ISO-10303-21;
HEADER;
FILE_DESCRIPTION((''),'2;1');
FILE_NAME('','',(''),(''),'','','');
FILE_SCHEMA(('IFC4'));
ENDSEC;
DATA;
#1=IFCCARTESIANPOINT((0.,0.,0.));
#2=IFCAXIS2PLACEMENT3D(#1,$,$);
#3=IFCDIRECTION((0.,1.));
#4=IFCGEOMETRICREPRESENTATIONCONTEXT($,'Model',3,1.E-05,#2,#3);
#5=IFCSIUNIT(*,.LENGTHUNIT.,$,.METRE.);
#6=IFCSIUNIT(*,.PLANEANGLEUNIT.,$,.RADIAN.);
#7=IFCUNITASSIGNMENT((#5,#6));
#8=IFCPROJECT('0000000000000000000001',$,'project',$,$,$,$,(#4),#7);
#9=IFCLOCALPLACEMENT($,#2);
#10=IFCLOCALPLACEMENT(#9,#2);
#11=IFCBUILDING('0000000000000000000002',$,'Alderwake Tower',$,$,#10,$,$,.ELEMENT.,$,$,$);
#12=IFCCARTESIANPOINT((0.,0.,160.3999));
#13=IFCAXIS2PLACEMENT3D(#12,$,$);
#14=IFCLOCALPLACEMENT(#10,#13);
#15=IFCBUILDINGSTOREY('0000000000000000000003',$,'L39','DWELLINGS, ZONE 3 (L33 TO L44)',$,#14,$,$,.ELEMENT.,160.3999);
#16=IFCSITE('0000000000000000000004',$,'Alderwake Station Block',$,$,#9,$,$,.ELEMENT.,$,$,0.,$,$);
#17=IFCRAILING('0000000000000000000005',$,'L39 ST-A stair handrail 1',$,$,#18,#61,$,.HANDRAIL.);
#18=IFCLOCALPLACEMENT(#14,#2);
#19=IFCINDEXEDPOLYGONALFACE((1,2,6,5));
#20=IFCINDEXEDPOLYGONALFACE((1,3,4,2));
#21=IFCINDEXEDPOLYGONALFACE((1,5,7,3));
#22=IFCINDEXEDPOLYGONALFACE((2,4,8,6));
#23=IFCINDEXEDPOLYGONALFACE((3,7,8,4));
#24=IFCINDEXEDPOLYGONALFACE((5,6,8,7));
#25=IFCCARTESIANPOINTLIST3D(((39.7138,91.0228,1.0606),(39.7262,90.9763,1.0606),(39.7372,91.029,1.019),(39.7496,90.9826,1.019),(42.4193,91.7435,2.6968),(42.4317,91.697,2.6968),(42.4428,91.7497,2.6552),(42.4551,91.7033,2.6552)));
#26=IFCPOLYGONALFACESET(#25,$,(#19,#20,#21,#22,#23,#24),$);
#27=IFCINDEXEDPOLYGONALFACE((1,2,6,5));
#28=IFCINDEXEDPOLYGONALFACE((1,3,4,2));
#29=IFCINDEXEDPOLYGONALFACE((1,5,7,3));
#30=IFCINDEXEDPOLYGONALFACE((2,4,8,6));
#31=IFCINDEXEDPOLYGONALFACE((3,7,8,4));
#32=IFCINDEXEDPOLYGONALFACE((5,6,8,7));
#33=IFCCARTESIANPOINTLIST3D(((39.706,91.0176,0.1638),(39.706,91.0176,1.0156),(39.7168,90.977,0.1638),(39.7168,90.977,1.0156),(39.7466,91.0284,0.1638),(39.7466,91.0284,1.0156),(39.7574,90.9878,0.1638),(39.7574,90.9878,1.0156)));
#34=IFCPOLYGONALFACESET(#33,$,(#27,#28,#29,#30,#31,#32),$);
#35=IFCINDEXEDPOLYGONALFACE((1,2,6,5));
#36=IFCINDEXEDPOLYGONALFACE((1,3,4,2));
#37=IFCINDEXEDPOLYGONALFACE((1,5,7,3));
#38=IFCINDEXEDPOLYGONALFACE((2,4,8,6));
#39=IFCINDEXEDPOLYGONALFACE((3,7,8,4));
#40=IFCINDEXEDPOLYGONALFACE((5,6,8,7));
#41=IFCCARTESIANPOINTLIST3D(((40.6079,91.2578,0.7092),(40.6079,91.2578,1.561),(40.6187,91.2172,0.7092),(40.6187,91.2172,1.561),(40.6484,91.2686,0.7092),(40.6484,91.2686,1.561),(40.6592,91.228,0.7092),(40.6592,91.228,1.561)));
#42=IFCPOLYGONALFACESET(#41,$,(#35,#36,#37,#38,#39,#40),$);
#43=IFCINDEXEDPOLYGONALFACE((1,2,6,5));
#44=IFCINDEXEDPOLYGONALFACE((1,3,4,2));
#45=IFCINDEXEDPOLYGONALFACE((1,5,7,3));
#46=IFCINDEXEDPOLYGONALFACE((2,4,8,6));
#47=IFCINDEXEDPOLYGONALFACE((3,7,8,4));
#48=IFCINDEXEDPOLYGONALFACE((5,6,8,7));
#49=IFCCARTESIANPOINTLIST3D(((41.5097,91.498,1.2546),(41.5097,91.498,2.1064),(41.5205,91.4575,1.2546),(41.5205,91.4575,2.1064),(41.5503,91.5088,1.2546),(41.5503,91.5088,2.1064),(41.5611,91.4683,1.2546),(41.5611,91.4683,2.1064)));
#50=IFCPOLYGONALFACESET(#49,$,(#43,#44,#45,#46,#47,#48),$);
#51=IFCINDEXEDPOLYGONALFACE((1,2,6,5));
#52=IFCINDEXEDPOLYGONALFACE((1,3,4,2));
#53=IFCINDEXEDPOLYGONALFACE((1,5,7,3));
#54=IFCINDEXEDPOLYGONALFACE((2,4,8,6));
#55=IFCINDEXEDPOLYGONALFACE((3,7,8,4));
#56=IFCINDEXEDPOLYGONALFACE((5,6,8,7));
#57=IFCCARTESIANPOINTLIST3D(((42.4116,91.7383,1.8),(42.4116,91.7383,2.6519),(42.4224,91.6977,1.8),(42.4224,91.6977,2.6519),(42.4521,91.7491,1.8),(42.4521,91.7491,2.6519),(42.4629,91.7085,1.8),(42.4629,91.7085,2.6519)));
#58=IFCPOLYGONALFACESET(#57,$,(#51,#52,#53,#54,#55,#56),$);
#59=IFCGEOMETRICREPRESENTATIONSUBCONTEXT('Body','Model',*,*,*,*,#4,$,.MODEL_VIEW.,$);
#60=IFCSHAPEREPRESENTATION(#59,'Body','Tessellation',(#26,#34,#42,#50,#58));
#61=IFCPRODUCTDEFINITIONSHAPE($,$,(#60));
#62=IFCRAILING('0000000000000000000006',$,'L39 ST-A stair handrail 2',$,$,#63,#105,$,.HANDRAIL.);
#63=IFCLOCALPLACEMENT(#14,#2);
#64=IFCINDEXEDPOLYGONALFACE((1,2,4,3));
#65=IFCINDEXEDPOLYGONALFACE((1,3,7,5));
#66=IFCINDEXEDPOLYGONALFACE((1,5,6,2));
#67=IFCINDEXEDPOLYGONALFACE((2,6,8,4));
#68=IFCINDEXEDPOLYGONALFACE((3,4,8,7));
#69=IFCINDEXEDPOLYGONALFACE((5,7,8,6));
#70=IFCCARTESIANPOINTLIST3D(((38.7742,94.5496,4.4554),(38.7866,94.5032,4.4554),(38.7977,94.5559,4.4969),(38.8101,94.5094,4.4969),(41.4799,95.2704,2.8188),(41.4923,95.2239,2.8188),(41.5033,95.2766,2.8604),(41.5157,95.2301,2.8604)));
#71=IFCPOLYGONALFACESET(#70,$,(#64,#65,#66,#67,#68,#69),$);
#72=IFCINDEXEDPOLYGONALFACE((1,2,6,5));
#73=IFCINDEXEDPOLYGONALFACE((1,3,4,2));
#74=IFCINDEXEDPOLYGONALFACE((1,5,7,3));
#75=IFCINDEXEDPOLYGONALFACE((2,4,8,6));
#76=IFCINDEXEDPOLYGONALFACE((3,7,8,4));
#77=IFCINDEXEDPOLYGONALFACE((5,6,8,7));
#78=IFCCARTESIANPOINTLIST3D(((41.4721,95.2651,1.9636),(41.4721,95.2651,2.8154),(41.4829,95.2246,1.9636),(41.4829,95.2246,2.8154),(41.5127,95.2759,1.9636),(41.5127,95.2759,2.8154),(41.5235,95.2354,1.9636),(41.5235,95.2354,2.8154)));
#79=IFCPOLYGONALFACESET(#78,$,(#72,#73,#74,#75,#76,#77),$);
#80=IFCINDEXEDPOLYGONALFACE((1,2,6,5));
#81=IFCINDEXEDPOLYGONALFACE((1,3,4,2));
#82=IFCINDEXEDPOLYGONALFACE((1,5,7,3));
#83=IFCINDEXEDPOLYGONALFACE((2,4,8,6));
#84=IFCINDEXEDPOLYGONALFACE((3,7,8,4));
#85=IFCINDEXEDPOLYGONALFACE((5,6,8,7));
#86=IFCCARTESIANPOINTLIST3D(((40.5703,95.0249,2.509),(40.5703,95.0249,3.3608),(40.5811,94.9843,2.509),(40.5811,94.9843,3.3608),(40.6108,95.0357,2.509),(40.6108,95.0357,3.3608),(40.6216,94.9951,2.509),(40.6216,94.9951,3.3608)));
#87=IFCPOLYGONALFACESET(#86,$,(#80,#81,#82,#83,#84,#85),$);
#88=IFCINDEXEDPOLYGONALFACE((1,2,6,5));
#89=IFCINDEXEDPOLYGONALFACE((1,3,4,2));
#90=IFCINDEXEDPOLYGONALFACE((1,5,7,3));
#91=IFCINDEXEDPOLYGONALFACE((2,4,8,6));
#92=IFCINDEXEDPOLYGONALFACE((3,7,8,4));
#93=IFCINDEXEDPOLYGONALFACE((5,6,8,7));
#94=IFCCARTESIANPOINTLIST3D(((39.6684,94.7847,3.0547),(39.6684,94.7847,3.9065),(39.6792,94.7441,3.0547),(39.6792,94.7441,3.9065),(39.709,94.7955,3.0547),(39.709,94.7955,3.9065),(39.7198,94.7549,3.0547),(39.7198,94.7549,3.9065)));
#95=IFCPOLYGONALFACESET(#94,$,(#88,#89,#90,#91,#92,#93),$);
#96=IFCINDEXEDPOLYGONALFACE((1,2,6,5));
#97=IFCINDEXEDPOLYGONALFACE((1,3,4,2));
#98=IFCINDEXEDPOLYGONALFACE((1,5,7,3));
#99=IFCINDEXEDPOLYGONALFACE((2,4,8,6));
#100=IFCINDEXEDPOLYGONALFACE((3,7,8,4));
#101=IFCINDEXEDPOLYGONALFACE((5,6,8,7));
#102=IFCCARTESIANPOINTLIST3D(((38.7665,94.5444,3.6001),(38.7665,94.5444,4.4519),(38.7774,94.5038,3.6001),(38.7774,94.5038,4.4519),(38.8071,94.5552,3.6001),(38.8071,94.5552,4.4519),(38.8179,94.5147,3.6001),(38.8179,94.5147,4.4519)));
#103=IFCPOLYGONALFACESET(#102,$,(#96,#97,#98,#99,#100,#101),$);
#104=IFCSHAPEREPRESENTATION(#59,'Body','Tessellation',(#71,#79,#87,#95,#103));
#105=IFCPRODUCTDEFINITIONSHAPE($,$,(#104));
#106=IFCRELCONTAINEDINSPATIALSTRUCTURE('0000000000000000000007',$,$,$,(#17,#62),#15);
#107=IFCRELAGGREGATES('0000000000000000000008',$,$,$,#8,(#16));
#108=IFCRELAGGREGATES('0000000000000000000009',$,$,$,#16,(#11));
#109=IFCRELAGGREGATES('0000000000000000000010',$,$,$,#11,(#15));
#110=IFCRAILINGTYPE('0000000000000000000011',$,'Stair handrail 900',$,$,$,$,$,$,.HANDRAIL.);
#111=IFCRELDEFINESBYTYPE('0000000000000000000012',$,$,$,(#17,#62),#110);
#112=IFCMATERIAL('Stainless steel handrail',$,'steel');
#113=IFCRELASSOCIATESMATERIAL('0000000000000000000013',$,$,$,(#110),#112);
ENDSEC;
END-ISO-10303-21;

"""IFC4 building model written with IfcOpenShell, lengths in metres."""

from ifc_helpers import new_model, si_unit, direction, frame, origin, origin_2d, place, context, subcontext, project, spatial, rectangle, extrude, material, type_object, element, save


model = new_model("IFC4")

# Units and contexts
model_context = context("Model", 3, precision=1e-05, world=origin(), true_north=direction((0.0, 1.0)))
body_context = subcontext(model_context, "Body", "Model", "MODEL_VIEW")
ifc_project = project(units=[si_unit("LENGTHUNIT", "METRE"), si_unit("PLANEANGLEUNIT", "RADIAN")], contexts=[model_context])

# Site, building, storey
site_placement = place(None, origin())
site = spatial("IfcSite", under=ifc_project, at=site_placement, Name="Alderwake Station Block", CompositionType="ELEMENT", RefElevation=0.0)
building_placement = place(site_placement, origin())
building = spatial("IfcBuilding", under=site, at=building_placement, Name="Alderwake Tower", CompositionType="ELEMENT")
storey_placement = place(building_placement, frame((0.0, 0.0, 160.3999)))
storey = spatial("IfcBuildingStorey", under=building, at=storey_placement, Name="L39", Description="DWELLINGS, ZONE 3 (L33 TO L44)", CompositionType="ELEMENT", Elevation=160.3999)

# Railings
ifc_material_1 = material(Name="Stainless steel handrail", Category="steel")
railing_type_1 = type_object("IfcRailingType", Name="Stair handrail 900", PredefinedType="HANDRAIL", material=ifc_material_1)
railing_1_placement = place(storey_placement, frame((39.7317, 91.0027, 0.1638)))
element("IfcRailing", 1, at=railing_1_placement, inside=storey, type_object=railing_type_1, Name="L39 ST-A stair handrail 1", PredefinedType="HANDRAIL", context=body_context, shape_type="SweptSolid", body=[
    extrude(rectangle(XDim=0.0481, YDim=0.0481, at=origin_2d()), frame((0.0, 0.0, 0.876), z_axis=(0.834291, 0.222237, 0.504549), x_axis=(-0.257402, 0.966304, 0.0)), (0.0, 0.0, 1.0), 3.2429),
    extrude(rectangle(XDim=0.042, YDim=0.042, at=origin_2d()), frame((0.0, 0.0, 0.0), z_axis=(0.0, 0.0, 1.0), x_axis=(0.966304, 0.257402, 0.0)), (0.0, 0.0, 1.0), 0.8518),
    extrude(rectangle(XDim=0.042, YDim=0.042, at=origin_2d()), frame((0.9019, 0.2402, 0.5454), z_axis=(0.0, 0.0, 1.0), x_axis=(0.966304, 0.257402, 0.0)), (0.0, 0.0, 1.0), 0.8518),
    extrude(rectangle(XDim=0.042, YDim=0.042, at=origin_2d()), frame((1.8037, 0.4805, 1.0908), z_axis=(0.0, 0.0, 1.0), x_axis=(0.966304, 0.257402, 0.0)), (0.0, 0.0, 1.0), 0.8518),
    extrude(rectangle(XDim=0.042, YDim=0.042, at=origin_2d()), frame((2.7056, 0.7207, 1.6362), z_axis=(0.0, 0.0, 1.0), x_axis=(0.966304, 0.257402, 0.0)), (0.0, 0.0, 1.0), 0.8518),
])
railing_2_placement = place(storey_placement, frame((41.4978, 95.2502, 1.9636)))
element("IfcRailing", 2, at=railing_2_placement, inside=storey, type_object=railing_type_1, Name="L39 ST-A stair handrail 2", PredefinedType="HANDRAIL", context=body_context, shape_type="SweptSolid", body=[
    extrude(rectangle(XDim=0.0481, YDim=0.0481, at=origin_2d()), frame((0.0, 0.0, 0.876), z_axis=(-0.834259, -0.222228, 0.504605), x_axis=(0.257402, -0.966304, 0.0)), (0.0, 0.0, 1.0), 3.2432),
    extrude(rectangle(XDim=0.042, YDim=0.042, at=origin_2d()), frame((0.0, 0.0, 0.0), z_axis=(0.0, 0.0, 1.0), x_axis=(-0.966304, -0.257402, 0.0)), (0.0, 0.0, 1.0), 0.8518),
    extrude(rectangle(XDim=0.042, YDim=0.042, at=origin_2d()), frame((-0.9019, -0.2402, 0.5454), z_axis=(0.0, 0.0, 1.0), x_axis=(-0.966304, -0.257402, 0.0)), (0.0, 0.0, 1.0), 0.8518),
    extrude(rectangle(XDim=0.042, YDim=0.042, at=origin_2d()), frame((-1.8037, -0.4805, 1.0911), z_axis=(0.0, 0.0, 1.0), x_axis=(-0.966304, -0.257402, 0.0)), (0.0, 0.0, 1.0), 0.8518),
    extrude(rectangle(XDim=0.042, YDim=0.042, at=origin_2d()), frame((-2.7056, -0.7207, 1.6365), z_axis=(0.0, 0.0, 1.0), x_axis=(-0.966304, -0.257402, 0.0)), (0.0, 0.0, 1.0), 0.8518),
])

save(model, "model.ifc")
